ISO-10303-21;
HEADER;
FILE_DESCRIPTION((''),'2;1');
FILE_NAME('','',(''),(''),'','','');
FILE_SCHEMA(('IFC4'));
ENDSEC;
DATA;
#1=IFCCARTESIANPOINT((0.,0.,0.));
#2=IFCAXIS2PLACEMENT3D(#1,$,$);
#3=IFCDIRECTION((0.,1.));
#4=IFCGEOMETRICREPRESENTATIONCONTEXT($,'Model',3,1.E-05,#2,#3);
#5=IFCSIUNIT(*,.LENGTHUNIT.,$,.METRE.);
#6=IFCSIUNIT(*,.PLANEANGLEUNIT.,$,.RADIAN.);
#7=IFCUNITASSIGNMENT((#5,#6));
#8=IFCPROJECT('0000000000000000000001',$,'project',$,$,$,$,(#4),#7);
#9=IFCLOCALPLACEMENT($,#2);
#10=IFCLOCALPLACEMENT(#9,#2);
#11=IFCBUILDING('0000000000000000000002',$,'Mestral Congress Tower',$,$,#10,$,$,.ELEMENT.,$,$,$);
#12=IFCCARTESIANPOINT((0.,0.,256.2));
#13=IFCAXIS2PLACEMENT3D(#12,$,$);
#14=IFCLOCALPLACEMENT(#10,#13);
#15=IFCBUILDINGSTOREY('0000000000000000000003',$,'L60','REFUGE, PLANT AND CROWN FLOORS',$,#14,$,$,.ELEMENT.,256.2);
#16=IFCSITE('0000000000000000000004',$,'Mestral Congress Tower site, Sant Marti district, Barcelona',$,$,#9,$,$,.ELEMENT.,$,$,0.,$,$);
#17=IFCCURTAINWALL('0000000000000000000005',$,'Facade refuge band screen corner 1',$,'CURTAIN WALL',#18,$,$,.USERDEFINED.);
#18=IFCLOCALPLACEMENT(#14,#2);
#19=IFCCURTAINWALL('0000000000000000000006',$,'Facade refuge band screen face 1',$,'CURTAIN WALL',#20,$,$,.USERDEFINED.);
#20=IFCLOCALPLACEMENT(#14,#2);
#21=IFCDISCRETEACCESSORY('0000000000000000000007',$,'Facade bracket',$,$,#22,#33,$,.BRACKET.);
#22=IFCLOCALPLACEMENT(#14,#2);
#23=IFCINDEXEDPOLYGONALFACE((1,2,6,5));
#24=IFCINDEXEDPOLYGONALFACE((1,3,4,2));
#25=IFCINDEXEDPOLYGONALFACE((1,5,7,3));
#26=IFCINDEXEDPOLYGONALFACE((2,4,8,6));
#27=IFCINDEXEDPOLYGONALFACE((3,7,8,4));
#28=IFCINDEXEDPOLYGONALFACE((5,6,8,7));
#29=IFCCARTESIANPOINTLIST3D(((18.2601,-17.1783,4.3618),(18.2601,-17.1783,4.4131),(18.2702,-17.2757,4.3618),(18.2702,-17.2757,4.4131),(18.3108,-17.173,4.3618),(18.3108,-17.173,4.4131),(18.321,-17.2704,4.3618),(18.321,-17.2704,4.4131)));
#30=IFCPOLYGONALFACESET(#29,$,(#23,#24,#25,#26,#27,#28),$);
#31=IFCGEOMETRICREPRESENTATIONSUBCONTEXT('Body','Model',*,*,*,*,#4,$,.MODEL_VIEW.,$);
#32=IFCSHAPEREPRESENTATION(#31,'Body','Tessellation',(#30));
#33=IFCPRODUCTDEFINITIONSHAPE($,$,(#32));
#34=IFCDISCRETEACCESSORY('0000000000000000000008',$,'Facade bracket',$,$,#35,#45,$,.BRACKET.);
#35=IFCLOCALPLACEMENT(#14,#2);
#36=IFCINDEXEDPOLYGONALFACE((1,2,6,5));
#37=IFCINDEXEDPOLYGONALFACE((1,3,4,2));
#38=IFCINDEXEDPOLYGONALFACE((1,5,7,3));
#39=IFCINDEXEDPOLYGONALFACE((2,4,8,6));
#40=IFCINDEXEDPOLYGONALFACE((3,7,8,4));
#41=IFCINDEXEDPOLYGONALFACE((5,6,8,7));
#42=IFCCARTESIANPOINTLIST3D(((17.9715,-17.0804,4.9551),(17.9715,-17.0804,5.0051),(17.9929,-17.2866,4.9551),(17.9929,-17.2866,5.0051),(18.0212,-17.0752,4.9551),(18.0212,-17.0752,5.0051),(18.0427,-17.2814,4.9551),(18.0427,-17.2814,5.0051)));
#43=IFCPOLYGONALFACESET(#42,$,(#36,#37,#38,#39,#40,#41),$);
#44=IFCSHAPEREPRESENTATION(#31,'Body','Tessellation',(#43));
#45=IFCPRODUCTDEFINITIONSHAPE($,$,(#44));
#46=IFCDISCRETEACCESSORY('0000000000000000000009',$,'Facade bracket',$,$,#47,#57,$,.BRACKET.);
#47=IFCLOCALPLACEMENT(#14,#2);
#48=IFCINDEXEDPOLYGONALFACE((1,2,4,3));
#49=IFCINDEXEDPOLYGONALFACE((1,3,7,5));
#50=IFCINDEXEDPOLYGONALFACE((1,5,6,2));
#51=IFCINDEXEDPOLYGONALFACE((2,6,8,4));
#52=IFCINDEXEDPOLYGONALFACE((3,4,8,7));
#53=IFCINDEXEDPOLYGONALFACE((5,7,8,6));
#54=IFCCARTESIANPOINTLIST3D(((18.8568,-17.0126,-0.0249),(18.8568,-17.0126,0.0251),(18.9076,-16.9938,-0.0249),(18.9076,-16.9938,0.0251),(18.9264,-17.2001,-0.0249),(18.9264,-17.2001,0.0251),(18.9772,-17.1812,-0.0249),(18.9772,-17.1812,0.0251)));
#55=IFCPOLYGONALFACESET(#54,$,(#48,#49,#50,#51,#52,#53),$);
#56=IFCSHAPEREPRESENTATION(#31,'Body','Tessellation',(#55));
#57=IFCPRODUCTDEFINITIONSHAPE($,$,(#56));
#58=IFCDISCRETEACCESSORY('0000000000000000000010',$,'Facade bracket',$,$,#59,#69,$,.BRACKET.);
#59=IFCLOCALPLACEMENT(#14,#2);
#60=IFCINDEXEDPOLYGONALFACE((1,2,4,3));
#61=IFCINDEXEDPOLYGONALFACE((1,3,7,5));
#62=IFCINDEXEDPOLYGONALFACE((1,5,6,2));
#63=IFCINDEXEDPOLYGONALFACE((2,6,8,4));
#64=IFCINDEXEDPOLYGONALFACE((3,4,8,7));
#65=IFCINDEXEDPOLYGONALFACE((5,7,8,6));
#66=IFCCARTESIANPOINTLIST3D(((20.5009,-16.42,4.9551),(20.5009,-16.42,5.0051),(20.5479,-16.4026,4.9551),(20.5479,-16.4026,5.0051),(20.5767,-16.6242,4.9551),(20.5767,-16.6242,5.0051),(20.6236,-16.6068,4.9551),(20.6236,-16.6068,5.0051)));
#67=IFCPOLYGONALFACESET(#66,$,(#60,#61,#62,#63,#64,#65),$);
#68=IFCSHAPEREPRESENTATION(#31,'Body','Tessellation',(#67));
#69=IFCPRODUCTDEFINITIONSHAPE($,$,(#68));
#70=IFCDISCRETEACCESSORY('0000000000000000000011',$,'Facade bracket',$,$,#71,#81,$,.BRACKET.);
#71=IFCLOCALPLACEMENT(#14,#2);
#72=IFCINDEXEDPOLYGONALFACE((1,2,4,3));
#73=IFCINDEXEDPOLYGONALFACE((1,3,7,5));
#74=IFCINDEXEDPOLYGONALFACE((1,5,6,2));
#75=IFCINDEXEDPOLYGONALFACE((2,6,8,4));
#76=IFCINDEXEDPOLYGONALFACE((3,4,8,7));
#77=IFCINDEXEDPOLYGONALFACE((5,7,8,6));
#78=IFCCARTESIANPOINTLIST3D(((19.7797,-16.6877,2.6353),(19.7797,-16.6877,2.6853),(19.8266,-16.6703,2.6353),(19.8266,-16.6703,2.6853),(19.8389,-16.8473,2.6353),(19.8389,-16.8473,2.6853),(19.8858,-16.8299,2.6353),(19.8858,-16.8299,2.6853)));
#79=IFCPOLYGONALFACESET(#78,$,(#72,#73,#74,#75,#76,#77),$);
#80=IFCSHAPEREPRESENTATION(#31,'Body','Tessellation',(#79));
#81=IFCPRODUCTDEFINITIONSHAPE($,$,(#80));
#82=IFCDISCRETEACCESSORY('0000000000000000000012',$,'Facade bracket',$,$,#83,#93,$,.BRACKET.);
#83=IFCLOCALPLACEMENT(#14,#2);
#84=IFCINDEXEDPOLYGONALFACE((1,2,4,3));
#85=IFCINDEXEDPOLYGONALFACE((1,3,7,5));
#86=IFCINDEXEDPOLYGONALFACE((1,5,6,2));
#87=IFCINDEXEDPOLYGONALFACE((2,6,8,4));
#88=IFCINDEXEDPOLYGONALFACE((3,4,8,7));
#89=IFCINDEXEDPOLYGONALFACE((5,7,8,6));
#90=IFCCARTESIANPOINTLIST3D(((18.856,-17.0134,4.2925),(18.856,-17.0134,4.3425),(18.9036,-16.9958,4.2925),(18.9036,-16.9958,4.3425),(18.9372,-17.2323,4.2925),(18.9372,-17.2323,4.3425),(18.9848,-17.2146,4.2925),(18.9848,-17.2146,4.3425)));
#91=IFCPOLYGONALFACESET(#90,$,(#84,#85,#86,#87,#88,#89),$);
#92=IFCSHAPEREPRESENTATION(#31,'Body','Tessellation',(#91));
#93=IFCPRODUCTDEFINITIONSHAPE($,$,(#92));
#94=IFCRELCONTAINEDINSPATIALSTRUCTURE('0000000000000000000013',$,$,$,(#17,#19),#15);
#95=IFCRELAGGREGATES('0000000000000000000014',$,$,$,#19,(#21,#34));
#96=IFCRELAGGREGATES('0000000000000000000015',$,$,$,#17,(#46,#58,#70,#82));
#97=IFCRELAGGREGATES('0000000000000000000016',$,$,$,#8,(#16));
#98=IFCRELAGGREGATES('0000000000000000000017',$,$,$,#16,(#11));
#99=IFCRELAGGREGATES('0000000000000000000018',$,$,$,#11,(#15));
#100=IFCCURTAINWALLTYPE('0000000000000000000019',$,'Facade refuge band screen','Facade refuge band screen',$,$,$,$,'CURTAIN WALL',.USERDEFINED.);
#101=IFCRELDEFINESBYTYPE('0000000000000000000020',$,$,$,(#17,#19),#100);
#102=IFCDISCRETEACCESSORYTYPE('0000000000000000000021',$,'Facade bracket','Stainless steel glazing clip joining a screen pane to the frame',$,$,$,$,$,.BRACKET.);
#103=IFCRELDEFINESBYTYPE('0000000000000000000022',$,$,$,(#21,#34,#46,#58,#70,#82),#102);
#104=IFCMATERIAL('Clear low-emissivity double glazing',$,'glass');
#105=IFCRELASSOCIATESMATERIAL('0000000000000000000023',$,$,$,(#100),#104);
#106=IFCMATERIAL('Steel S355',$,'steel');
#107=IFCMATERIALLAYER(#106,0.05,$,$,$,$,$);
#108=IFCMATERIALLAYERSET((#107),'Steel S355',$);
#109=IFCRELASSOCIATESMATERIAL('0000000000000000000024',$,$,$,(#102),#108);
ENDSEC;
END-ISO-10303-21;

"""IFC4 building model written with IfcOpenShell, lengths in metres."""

from ifc_helpers import new_model, si_unit, direction, frame, origin, origin_2d, place, context, subcontext, project, spatial, rectangle, extrude, material, layer, layer_set, type_object, element, aggregate, save


model = new_model("IFC4")

# Units and contexts
model_context = context("Model", 3, precision=1e-05, world=origin(), true_north=direction((0.0, 1.0)))
body_context = subcontext(model_context, "Body", "Model", "MODEL_VIEW")
ifc_project = project(units=[si_unit("LENGTHUNIT", "METRE"), si_unit("PLANEANGLEUNIT", "RADIAN")], contexts=[model_context])

# Site, building, storey
site_placement = place(None, origin())
site = spatial("IfcSite", under=ifc_project, at=site_placement, Name="Mestral Congress Tower site, Sant Marti district, Barcelona", CompositionType="ELEMENT", RefElevation=0.0)
building_placement = place(site_placement, origin())
building = spatial("IfcBuilding", under=site, at=building_placement, Name="Mestral Congress Tower", CompositionType="ELEMENT")
storey_placement = place(building_placement, frame((0.0, 0.0, 256.2)))
storey = spatial("IfcBuildingStorey", under=building, at=storey_placement, Name="L60", Description="REFUGE, PLANT AND CROWN FLOORS", CompositionType="ELEMENT", Elevation=256.2)

# Shared definitions
ifc_material_1 = material(Name="Steel S355", Category="steel")

# Curtain wall
ifc_material_2 = material(Name="Clear low-emissivity double glazing", Category="glass")
curtain_wall_type = type_object("IfcCurtainWallType", Name="Facade refuge band screen", Description="Facade refuge band screen", ElementType="CURTAIN WALL", PredefinedType="USERDEFINED", material=ifc_material_2)
placement = place(storey_placement, origin())
curtain_wall_1 = element("IfcCurtainWall", 1, at=placement, inside=storey, type_object=curtain_wall_type, Name="Facade refuge band screen corner 1", ObjectType="CURTAIN WALL", PredefinedType="USERDEFINED")

# Curtain wall
curtain_wall_2 = element("IfcCurtainWall", 2, at=placement, inside=storey, type_object=curtain_wall_type, Name="Facade refuge band screen face 1", ObjectType="CURTAIN WALL", PredefinedType="USERDEFINED")

# Discrete accessories
ifc_layer_1 = layer(ifc_material_1, 0.05)
ifc_layer_set_1 = layer_set([ifc_layer_1], Name="Steel S355")
discrete_accessory_type = type_object("IfcDiscreteAccessoryType", Name="Facade bracket", Description="Stainless steel glazing clip joining a screen pane to the frame", PredefinedType="BRACKET", material=ifc_layer_set_1)
discrete_accessory_1_placement = place(storey_placement, frame((18.2905, -17.2244, 4.3618), z_axis=(0.0, 0.0, 1.0), x_axis=(0.994624, 0.103549, 0.0)))
discrete_accessory_1 = element("IfcDiscreteAccessory", 3, at=discrete_accessory_1_placement, type_object=discrete_accessory_type, Name="Facade bracket", PredefinedType="BRACKET", context=body_context, shape_type="SweptSolid", body=[
    extrude(rectangle(XDim=0.051, YDim=0.0979, at=origin_2d()), origin(), (0.0, 0.0, 1.0), 0.0513),
])
discrete_accessory_2_placement = place(storey_placement, frame((18.0071, -17.1809, 4.9551), z_axis=(0.0, 0.0, 1.0), x_axis=(0.99462, 0.103593, 0.0)))
discrete_accessory_2 = element("IfcDiscreteAccessory", 4, at=discrete_accessory_2_placement, type_object=discrete_accessory_type, Name="Facade bracket", PredefinedType="BRACKET", context=body_context, shape_type="SweptSolid", body=[
    extrude(rectangle(XDim=0.05, YDim=0.2073, at=origin_2d()), origin(), (0.0, 0.0, 1.0), 0.05),
])
aggregate(curtain_wall_2, [discrete_accessory_1, discrete_accessory_2])
discrete_accessory_3_placement = place(storey_placement, frame((18.917, -17.0969, -0.0249), z_axis=(0.0, 0.0, 1.0), x_axis=(0.937569, 0.3478, 0.0)))
discrete_accessory_3 = element("IfcDiscreteAccessory", 5, at=discrete_accessory_3_placement, type_object=discrete_accessory_type, Name="Facade bracket", PredefinedType="BRACKET", context=body_context, shape_type="SweptSolid", body=[
    extrude(rectangle(XDim=0.0542, YDim=0.2, at=origin_2d()), origin(), (0.0, 0.0, 1.0), 0.05),
])
discrete_accessory_4_placement = place(storey_placement, frame((20.5623, -16.5134, 4.9551), z_axis=(0.0, 0.0, 1.0), x_axis=(0.937606, 0.3477, 0.0)))
discrete_accessory_4 = element("IfcDiscreteAccessory", 6, at=discrete_accessory_4_placement, type_object=discrete_accessory_type, Name="Facade bracket", PredefinedType="BRACKET", context=body_context, shape_type="SweptSolid", body=[
    extrude(rectangle(XDim=0.05, YDim=0.2178, at=origin_2d()), origin(), (0.0, 0.0, 1.0), 0.05),
])
discrete_accessory_5_placement = place(storey_placement, frame((19.8328, -16.7588, 2.6353), z_axis=(0.0, 0.0, 1.0), x_axis=(0.937611, 0.347687, 0.0)))
discrete_accessory_5 = element("IfcDiscreteAccessory", 7, at=discrete_accessory_5_placement, type_object=discrete_accessory_type, Name="Facade bracket", PredefinedType="BRACKET", context=body_context, shape_type="SweptSolid", body=[
    extrude(rectangle(XDim=0.05, YDim=0.1702, at=origin_2d()), origin(), (0.0, 0.0, 1.0), 0.05),
])
discrete_accessory_6_placement = place(storey_placement, frame((18.9204, -17.114, 4.2925), z_axis=(0.0, 0.0, 1.0), x_axis=(0.937585, 0.347757, 0.0)))
discrete_accessory_6 = element("IfcDiscreteAccessory", 8, at=discrete_accessory_6_placement, type_object=discrete_accessory_type, Name="Facade bracket", PredefinedType="BRACKET", context=body_context, shape_type="SweptSolid", body=[
    extrude(rectangle(XDim=0.0508, YDim=0.2334, at=origin_2d()), origin(), (0.0, 0.0, 1.0), 0.05),
])
aggregate(curtain_wall_1, [discrete_accessory_3, discrete_accessory_4, discrete_accessory_5, discrete_accessory_6])

save(model, "model.ifc")
